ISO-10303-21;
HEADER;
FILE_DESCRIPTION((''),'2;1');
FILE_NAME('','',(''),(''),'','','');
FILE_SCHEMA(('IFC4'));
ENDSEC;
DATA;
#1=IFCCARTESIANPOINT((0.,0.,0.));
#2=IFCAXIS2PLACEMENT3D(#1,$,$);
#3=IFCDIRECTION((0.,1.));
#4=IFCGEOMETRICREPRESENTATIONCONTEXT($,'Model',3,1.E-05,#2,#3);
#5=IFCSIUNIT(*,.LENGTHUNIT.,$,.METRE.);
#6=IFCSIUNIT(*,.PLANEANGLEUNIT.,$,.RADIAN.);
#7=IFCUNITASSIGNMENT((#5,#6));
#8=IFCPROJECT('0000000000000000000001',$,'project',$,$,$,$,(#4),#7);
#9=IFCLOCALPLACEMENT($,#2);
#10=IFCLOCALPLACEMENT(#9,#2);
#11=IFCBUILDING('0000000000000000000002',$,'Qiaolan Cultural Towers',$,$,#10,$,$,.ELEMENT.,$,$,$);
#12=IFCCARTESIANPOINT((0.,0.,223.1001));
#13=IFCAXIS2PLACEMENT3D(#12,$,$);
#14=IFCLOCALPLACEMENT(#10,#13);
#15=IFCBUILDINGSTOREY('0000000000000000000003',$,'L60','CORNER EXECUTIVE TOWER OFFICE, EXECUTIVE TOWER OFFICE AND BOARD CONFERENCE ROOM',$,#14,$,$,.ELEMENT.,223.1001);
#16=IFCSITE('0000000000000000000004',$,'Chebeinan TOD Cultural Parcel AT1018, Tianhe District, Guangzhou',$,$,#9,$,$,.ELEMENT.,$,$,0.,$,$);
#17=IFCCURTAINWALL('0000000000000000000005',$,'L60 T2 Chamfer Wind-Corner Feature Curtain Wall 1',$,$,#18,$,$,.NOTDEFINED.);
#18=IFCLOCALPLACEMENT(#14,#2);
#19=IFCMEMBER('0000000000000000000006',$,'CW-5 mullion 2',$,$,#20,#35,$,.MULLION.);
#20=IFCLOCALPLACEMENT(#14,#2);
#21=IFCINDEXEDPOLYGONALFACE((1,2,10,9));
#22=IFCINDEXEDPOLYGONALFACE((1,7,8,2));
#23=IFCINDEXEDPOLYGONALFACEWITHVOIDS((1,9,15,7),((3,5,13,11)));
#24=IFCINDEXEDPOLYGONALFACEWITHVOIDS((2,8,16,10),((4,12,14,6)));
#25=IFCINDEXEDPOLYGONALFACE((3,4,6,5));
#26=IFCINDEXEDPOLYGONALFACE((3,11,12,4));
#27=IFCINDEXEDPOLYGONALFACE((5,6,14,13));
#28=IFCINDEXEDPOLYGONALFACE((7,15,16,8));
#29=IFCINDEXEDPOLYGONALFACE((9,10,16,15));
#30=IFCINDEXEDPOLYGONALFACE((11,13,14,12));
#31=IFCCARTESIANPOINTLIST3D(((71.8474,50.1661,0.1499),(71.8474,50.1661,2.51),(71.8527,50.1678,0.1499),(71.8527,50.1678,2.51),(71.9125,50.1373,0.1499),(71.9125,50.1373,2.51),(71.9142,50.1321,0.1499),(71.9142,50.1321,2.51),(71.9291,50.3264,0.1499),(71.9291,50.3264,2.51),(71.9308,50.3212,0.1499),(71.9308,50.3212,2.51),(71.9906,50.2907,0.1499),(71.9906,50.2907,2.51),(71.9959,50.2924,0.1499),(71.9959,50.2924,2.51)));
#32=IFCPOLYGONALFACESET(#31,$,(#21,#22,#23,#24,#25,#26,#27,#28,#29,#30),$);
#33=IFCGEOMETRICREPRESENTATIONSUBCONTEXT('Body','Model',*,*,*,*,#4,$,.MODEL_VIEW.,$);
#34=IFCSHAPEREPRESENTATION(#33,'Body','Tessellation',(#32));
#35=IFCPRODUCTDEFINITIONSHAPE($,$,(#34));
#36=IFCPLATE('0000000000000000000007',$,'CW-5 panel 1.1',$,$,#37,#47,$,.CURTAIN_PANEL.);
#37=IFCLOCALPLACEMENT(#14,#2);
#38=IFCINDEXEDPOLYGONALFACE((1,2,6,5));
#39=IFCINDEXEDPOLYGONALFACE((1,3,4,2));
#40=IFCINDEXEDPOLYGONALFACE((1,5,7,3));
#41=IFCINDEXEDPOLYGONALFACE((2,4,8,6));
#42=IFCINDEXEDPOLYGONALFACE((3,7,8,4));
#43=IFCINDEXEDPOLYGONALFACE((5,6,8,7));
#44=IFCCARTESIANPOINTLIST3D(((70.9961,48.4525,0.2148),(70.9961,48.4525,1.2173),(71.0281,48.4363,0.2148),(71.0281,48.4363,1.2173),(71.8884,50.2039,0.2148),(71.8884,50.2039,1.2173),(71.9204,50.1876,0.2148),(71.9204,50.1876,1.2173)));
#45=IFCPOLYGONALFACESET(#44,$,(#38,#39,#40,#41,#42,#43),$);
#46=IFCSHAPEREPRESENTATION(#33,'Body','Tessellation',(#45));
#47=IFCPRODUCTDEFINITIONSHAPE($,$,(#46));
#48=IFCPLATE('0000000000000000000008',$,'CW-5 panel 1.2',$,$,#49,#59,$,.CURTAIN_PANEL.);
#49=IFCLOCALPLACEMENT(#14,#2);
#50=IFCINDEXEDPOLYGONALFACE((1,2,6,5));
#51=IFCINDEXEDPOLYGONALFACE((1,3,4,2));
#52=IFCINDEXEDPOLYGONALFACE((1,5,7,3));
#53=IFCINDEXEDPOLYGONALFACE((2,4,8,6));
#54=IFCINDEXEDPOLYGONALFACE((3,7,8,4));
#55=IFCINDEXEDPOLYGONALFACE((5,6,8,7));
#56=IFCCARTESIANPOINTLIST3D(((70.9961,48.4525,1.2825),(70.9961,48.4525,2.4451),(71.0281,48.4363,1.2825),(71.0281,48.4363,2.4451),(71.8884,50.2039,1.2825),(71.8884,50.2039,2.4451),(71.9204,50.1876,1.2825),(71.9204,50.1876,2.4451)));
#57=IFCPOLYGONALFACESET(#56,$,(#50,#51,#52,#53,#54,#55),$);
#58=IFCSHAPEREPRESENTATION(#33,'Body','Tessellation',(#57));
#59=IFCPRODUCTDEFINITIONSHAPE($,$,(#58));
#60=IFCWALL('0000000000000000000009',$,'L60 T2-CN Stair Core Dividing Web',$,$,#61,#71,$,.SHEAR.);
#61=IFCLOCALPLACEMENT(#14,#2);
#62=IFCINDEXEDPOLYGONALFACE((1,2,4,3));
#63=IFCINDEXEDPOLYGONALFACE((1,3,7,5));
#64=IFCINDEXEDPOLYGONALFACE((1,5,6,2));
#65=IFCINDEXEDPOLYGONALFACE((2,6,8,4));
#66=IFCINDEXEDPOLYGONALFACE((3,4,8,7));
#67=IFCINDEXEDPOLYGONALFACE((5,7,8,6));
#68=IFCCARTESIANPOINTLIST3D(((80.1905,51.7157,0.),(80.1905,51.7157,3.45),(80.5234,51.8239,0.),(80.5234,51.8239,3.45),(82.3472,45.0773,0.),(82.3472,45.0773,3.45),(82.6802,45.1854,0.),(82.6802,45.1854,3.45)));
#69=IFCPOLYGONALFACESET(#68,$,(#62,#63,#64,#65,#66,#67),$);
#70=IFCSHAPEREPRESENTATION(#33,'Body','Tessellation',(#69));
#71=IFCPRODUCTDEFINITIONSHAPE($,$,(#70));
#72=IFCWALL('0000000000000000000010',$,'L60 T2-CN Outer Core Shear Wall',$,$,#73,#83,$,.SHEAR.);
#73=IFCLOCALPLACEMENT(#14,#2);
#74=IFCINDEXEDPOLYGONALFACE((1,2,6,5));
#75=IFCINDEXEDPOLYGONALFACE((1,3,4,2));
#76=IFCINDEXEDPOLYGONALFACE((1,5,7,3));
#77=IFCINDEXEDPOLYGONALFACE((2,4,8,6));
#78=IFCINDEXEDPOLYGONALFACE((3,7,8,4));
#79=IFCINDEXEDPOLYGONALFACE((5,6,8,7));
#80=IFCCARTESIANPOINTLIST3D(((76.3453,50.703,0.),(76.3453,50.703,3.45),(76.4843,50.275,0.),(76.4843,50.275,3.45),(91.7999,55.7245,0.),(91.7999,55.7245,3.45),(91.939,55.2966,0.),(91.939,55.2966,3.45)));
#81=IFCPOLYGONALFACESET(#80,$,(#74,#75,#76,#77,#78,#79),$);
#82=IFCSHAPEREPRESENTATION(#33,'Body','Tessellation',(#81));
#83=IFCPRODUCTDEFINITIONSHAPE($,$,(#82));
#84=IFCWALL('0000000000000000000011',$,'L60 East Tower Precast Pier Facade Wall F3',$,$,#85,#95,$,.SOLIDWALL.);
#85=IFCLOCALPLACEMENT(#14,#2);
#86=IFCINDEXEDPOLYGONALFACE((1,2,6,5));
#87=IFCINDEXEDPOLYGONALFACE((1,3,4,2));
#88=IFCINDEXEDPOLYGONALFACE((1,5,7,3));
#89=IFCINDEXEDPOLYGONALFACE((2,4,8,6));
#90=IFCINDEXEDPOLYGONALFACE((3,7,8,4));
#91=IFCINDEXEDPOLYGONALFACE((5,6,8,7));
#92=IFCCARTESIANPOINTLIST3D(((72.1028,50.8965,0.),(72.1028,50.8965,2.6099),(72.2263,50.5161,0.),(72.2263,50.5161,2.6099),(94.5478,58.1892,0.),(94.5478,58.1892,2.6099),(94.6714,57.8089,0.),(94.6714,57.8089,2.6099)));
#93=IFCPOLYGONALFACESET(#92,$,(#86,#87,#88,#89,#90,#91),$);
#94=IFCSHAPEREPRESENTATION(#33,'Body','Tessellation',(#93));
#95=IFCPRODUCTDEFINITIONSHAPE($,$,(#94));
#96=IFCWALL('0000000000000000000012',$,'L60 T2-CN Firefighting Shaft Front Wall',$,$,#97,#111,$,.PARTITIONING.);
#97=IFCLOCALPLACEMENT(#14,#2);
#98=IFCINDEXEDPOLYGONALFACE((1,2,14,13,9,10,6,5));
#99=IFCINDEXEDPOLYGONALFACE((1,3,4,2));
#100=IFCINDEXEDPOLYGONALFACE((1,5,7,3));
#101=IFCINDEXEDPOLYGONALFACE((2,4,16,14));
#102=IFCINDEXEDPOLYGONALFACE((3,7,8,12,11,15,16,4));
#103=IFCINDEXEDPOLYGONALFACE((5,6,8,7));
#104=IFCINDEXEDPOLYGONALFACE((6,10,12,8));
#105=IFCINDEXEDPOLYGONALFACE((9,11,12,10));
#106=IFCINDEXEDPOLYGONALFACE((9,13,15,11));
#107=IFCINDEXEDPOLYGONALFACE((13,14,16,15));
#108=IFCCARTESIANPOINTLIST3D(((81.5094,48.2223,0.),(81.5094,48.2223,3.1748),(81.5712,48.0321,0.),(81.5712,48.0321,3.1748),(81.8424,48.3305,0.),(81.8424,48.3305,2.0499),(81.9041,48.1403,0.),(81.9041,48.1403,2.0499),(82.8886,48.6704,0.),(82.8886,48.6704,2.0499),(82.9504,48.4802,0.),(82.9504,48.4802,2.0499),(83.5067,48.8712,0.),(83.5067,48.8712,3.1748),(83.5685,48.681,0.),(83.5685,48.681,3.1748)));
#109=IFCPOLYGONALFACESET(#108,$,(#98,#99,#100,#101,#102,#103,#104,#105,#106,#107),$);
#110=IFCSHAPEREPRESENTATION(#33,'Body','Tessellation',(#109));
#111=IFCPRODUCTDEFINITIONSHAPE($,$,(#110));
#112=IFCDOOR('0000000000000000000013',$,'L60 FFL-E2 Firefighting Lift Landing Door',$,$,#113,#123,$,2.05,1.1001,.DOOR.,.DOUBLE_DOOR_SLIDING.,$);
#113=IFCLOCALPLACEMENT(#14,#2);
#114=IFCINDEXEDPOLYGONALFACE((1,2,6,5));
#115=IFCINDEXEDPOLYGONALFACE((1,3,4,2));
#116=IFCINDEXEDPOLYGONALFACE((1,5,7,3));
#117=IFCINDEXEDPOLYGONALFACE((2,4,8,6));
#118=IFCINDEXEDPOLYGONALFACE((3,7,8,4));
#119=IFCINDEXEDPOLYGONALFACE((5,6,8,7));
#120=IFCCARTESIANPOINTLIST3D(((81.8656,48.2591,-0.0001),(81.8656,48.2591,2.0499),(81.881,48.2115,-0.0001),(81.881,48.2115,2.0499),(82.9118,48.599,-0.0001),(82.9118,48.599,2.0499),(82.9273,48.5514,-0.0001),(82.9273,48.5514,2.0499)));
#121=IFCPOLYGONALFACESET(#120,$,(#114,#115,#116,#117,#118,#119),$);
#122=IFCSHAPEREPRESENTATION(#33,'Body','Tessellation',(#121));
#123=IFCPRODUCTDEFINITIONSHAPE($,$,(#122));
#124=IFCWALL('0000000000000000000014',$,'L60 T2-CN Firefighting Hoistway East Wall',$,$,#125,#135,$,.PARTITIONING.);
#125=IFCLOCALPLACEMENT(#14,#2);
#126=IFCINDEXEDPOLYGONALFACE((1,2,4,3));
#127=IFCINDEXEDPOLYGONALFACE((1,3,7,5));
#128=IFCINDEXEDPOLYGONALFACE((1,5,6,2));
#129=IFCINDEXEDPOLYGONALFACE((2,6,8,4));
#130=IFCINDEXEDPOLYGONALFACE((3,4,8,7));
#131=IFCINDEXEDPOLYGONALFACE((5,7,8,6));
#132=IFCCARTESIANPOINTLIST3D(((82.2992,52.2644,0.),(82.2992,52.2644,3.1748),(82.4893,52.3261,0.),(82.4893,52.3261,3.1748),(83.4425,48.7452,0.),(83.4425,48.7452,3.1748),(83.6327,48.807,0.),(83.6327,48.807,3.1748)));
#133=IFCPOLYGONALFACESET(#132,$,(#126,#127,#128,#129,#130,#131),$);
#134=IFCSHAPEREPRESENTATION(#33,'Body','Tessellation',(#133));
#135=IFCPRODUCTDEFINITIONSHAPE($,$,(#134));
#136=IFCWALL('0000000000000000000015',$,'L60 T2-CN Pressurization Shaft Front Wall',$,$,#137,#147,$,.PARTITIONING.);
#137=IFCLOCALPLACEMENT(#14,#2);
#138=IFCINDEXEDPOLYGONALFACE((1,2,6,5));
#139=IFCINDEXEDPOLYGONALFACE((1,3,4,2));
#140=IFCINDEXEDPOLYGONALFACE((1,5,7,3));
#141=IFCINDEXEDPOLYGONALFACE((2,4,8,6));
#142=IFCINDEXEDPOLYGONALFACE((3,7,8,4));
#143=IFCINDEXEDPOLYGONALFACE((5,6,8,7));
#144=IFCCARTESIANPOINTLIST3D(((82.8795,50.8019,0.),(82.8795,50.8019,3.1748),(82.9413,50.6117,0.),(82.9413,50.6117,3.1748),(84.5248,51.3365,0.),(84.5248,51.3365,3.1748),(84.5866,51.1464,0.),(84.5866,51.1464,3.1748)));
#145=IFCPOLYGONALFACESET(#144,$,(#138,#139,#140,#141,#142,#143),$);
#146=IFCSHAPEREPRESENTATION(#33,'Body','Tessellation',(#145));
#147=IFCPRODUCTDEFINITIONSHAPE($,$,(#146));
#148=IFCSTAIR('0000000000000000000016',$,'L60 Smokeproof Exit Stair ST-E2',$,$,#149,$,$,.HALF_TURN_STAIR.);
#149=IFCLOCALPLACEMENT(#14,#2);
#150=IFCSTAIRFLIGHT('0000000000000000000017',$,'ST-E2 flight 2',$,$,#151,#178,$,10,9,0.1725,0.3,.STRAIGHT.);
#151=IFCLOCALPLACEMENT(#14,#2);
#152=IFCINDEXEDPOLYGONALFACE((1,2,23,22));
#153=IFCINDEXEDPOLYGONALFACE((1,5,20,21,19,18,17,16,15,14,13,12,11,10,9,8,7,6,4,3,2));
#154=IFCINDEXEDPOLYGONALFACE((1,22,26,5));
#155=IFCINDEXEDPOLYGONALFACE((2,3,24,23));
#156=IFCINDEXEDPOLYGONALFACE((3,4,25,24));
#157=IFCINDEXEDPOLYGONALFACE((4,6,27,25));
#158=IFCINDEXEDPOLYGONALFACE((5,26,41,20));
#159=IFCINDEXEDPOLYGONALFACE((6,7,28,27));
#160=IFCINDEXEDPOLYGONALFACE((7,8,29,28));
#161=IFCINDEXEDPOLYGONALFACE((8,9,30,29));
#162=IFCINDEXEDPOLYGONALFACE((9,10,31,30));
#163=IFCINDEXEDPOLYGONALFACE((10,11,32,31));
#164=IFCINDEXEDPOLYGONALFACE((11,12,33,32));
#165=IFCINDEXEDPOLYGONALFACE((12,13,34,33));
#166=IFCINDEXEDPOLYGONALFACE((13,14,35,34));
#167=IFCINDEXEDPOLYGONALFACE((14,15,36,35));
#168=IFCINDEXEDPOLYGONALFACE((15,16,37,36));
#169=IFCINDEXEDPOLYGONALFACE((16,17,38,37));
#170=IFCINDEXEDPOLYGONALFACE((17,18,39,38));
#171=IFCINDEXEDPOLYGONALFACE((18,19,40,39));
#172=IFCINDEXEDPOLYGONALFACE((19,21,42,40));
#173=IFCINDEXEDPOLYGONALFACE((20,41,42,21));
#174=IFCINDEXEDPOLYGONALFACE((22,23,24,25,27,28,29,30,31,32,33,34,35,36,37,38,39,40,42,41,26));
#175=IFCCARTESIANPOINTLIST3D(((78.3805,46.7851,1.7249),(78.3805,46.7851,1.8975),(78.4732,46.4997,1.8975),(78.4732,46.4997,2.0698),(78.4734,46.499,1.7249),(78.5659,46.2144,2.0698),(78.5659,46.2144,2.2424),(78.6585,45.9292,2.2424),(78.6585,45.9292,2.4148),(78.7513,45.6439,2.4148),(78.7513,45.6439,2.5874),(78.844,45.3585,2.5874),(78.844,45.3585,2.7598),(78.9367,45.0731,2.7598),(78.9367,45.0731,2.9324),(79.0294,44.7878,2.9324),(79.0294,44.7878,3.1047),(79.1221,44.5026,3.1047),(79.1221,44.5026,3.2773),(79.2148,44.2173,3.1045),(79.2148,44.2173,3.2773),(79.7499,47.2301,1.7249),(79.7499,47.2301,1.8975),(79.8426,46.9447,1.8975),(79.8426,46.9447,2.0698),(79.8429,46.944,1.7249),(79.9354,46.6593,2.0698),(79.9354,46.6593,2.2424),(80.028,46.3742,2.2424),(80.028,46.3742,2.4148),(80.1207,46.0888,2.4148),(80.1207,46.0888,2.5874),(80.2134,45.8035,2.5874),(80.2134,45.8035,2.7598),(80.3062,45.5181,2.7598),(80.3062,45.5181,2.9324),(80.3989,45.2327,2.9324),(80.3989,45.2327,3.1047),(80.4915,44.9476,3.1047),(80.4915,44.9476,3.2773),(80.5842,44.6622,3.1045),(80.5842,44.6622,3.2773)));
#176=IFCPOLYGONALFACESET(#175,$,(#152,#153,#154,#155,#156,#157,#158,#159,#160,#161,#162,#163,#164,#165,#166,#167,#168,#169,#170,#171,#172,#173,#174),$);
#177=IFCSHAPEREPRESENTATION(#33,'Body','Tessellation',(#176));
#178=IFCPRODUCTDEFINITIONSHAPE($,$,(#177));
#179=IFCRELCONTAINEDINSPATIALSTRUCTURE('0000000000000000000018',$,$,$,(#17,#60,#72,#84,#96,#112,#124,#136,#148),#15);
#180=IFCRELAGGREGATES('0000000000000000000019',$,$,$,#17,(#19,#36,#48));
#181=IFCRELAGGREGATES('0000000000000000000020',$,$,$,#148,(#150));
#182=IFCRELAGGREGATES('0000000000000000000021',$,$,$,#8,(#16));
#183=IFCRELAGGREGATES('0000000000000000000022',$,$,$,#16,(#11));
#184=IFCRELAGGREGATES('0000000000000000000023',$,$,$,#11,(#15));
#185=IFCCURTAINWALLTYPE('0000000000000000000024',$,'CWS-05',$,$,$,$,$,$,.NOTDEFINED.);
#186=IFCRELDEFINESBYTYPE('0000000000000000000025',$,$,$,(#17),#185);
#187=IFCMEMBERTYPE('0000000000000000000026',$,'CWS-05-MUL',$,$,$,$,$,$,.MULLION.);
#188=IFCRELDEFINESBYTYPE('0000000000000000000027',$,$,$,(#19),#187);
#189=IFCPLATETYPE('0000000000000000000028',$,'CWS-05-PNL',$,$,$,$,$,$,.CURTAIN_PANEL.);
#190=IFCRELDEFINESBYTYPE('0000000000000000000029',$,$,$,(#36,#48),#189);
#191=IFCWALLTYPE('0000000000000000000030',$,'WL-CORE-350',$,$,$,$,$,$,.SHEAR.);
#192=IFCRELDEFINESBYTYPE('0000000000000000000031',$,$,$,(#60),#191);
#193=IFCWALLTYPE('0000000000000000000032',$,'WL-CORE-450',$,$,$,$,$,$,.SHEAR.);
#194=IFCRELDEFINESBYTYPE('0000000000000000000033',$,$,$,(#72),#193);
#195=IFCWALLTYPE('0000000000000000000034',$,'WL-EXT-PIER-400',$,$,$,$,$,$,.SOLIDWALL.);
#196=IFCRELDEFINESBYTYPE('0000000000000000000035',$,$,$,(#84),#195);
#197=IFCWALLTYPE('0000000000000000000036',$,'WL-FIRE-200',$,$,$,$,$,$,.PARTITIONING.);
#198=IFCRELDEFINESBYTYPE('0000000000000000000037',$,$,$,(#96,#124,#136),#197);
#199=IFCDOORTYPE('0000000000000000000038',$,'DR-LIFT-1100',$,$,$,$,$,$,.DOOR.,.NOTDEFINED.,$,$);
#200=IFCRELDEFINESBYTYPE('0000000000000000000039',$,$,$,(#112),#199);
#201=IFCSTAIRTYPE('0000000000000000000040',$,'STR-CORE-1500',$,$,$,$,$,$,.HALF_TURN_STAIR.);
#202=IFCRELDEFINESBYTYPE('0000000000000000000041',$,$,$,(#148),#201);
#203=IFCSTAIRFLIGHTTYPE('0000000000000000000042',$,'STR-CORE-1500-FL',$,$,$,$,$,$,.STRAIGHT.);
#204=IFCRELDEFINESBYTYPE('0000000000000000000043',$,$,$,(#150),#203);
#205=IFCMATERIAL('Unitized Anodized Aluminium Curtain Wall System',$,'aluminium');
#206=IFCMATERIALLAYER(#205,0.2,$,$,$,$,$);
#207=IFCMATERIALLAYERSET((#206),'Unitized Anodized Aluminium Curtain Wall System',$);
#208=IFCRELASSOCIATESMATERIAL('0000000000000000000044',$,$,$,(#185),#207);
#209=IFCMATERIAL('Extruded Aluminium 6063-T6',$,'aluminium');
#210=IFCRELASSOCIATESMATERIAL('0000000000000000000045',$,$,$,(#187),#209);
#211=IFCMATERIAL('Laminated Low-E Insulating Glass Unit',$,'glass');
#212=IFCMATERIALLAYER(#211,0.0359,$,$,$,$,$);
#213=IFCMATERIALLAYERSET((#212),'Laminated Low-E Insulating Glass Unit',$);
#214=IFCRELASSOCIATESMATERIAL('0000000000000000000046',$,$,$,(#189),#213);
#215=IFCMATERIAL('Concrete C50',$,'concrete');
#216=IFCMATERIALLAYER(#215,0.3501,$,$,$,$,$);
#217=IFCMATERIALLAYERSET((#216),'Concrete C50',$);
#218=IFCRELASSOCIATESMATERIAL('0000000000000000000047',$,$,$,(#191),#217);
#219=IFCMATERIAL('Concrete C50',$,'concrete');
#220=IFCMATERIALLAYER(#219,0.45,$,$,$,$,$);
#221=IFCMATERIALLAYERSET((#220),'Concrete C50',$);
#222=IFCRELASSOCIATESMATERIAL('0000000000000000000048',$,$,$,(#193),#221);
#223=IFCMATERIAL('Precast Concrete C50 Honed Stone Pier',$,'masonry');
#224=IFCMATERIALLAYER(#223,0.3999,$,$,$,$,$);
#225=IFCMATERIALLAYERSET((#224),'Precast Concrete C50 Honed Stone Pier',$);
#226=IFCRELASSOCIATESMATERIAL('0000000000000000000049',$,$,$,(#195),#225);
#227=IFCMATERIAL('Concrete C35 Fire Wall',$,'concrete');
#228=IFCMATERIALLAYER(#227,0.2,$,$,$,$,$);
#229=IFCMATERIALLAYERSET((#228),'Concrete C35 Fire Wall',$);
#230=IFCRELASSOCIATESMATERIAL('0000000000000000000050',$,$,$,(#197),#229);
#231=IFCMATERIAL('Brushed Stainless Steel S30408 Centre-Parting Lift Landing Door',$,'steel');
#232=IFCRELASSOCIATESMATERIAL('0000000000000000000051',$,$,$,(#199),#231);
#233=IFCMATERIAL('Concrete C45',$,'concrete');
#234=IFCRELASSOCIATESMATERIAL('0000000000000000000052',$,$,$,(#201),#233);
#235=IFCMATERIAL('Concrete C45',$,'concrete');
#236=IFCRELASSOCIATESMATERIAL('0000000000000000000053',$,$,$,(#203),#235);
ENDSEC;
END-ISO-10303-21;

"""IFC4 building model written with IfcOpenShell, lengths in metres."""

from ifc_helpers import new_model, si_unit, direction, frame, frame_2d, origin, origin_2d, place, context, subcontext, project, spatial, polyline, rectangle, hollow_rectangle, outline, extrude, material, layer, layer_set, material_profile, profile_set, type_object, element, fill, aggregate, save


model = new_model("IFC4")

# Units and contexts
model_context = context("Model", 3, precision=1e-05, world=origin(), true_north=direction((0.0, 1.0)))
body_context = subcontext(model_context, "Body", "Model", "MODEL_VIEW")
ifc_project = project(units=[si_unit("LENGTHUNIT", "METRE"), si_unit("PLANEANGLEUNIT", "RADIAN")], contexts=[model_context])

# Site, building, storey
site_placement = place(None, origin())
site = spatial("IfcSite", under=ifc_project, at=site_placement, Name="Chebeinan TOD Cultural Parcel AT1018, Tianhe District, Guangzhou", CompositionType="ELEMENT", RefElevation=0.0)
building_placement = place(site_placement, origin())
building = spatial("IfcBuilding", under=site, at=building_placement, Name="Qiaolan Cultural Towers", CompositionType="ELEMENT")
storey_placement = place(building_placement, frame((0.0, 0.0, 223.1001)))
storey = spatial("IfcBuildingStorey", under=building, at=storey_placement, Name="L60", Description="CORNER EXECUTIVE TOWER OFFICE, EXECUTIVE TOWER OFFICE AND BOARD CONFERENCE ROOM", CompositionType="ELEMENT", Elevation=223.1001)

# Curtain wall, member, plates
ifc_material_1 = material(Name="Unitized Anodized Aluminium Curtain Wall System", Category="aluminium")
ifc_layer_1 = layer(ifc_material_1, 0.2)
ifc_layer_set_1 = layer_set([ifc_layer_1], Name="Unitized Anodized Aluminium Curtain Wall System")
curtain_wall_type = type_object("IfcCurtainWallType", Name="CWS-05", PredefinedType="NOTDEFINED", material=ifc_layer_set_1)
curtain_wall_placement = place(storey_placement, origin())
curtain_wall = element("IfcCurtainWall", 1, at=curtain_wall_placement, inside=storey, type_object=curtain_wall_type, Name="L60 T2 Chamfer Wind-Corner Feature Curtain Wall 1", PredefinedType="NOTDEFINED")
ifc_material_2 = material(Name="Extruded Aluminium 6063-T6", Category="aluminium")
ifc_material_profile_1 = material_profile(ifc_material_2, hollow_rectangle(XDim=0.075, YDim=0.1799, WallThickness=0.0039, at=origin_2d()), Name="CWM-180x75x4")
ifc_profile_set_1 = profile_set([ifc_material_profile_1], Name="Extruded Aluminium 6063-T6")
member_type = type_object("IfcMemberType", Name="CWS-05-MUL", PredefinedType="MULLION", material=ifc_profile_set_1)
member_placement = place(storey_placement, frame((71.9216, 50.2292, 0.1499), z_axis=(0.0, 0.0, 1.0), x_axis=(-0.891007, 0.45399, 0.0)))
member = element("IfcMember", 2, at=member_placement, type_object=member_type, Name="CW-5 mullion 2", PredefinedType="MULLION", context=body_context, shape_type="SweptSolid", body=[
    extrude(hollow_rectangle(XDim=0.075, YDim=0.1799, WallThickness=0.0039, at=origin_2d()), origin(), (0.0, 0.0, 1.0), 2.3601),
])
ifc_material_3 = material(Name="Laminated Low-E Insulating Glass Unit", Category="glass")
ifc_layer_2 = layer(ifc_material_3, 0.0359)
ifc_layer_set_2 = layer_set([ifc_layer_2], Name="Laminated Low-E Insulating Glass Unit")
plate_type = type_object("IfcPlateType", Name="CWS-05-PNL", PredefinedType="CURTAIN_PANEL", material=ifc_layer_set_2)
plate_1_placement = place(storey_placement, frame((71.4583, 49.3201, 0.2148), z_axis=(0.0, 0.0, 1.0), x_axis=(0.45399, 0.891007, 0.0)))
plate_1 = element("IfcPlate", 3, at=plate_1_placement, type_object=plate_type, Name="CW-5 panel 1.1", PredefinedType="CURTAIN_PANEL", context=body_context, shape_type="SweptSolid", body=[
    extrude(rectangle(XDim=1.9656, YDim=0.0359, at=origin_2d()), origin(), (0.0, 0.0, 1.0), 1.0024),
])
plate_2_placement = place(storey_placement, frame((71.4583, 49.3201, 1.2825), z_axis=(0.0, 0.0, 1.0), x_axis=(0.45399, 0.891007, 0.0)))
plate_2 = element("IfcPlate", 4, at=plate_2_placement, type_object=plate_type, Name="CW-5 panel 1.2", PredefinedType="CURTAIN_PANEL", context=body_context, shape_type="SweptSolid", body=[
    extrude(rectangle(XDim=1.9656, YDim=0.0359, at=origin_2d()), origin(), (0.0, 0.0, 1.0), 1.1626),
])
aggregate(curtain_wall, [member, plate_1, plate_2])

# Walls
ifc_material_4 = material(Name="Concrete C50", Category="concrete")
ifc_layer_3 = layer(ifc_material_4, 0.3501)
ifc_layer_set_3 = layer_set([ifc_layer_3], Name="Concrete C50")
wall_type_1 = type_object("IfcWallType", Name="WL-CORE-350", PredefinedType="SHEAR", material=ifc_layer_set_3)
wall_1_placement = place(storey_placement, frame((82.5137, 45.1313, 0.0), z_axis=(0.0, 0.0, 1.0), x_axis=(-0.308989, 0.951066, 0.0)))
element("IfcWall", 5, at=wall_1_placement, inside=storey, type_object=wall_type_1, Name="L60 T2-CN Stair Core Dividing Web", PredefinedType="SHEAR", context=body_context, shape_type="SweptSolid", body=[
    extrude(rectangle(XDim=6.98, YDim=0.3501, at=frame_2d((3.49, 0.0))), origin(), (0.0, 0.0, 1.0), 3.45),
])
ifc_material_5 = material(Name="Concrete C50", Category="concrete")
ifc_layer_4 = layer(ifc_material_5, 0.45)
ifc_layer_set_4 = layer_set([ifc_layer_4], Name="Concrete C50")
wall_type_2 = type_object("IfcWallType", Name="WL-CORE-450", PredefinedType="SHEAR", material=ifc_layer_set_4)
wall_2_placement = place(storey_placement, frame((76.4148, 50.489, 0.0), z_axis=(0.0, 0.0, 1.0), x_axis=(0.951057, 0.309016, 0.0)))
element("IfcWall", 6, at=wall_2_placement, inside=storey, type_object=wall_type_2, Name="L60 T2-CN Outer Core Shear Wall", PredefinedType="SHEAR", context=body_context, shape_type="SweptSolid", body=[
    extrude(rectangle(XDim=16.25, YDim=0.45, at=frame_2d((8.125, 0.0))), origin(), (0.0, 0.0, 1.0), 3.45),
])
ifc_material_6 = material(Name="Precast Concrete C50 Honed Stone Pier", Category="masonry")
ifc_layer_5 = layer(ifc_material_6, 0.3999)
ifc_layer_set_5 = layer_set([ifc_layer_5], Name="Precast Concrete C50 Honed Stone Pier")
wall_type_3 = type_object("IfcWallType", Name="WL-EXT-PIER-400", PredefinedType="SOLIDWALL", material=ifc_layer_set_5)
wall_3_placement = place(storey_placement, frame((72.1646, 50.7063, 0.0), z_axis=(0.0, 0.0, 1.0), x_axis=(0.951058, 0.309012, 0.0)))
element("IfcWall", 7, at=wall_3_placement, inside=storey, type_object=wall_type_3, Name="L60 East Tower Precast Pier Facade Wall F3", PredefinedType="SOLIDWALL", context=body_context, shape_type="SweptSolid", body=[
    extrude(rectangle(XDim=23.6001, YDim=0.3999, at=frame_2d((11.8, 0.0))), origin(), (0.0, 0.0, 1.0), 2.6099),
])

# Wall, opening, door
ifc_material_7 = material(Name="Concrete C35 Fire Wall", Category="concrete")
ifc_layer_6 = layer(ifc_material_7, 0.2)
ifc_layer_set_6 = layer_set([ifc_layer_6], Name="Concrete C35 Fire Wall")
wall_type_4 = type_object("IfcWallType", Name="WL-FIRE-200", PredefinedType="PARTITIONING", material=ifc_layer_set_6)
wall_4_placement = place(storey_placement, frame((81.5403, 48.1272, 0.0), z_axis=(0.0, 0.0, 1.0), x_axis=(0.951062, 0.308999, 0.0)))
wall_4 = element("IfcWall", 8, at=wall_4_placement, inside=storey, type_object=wall_type_4, Name="L60 T2-CN Firefighting Shaft Front Wall", PredefinedType="PARTITIONING", context=body_context, shape_type="SweptSolid", body=[
    extrude(rectangle(XDim=2.1001, YDim=0.2, at=frame_2d((1.05, 0.0))), origin(), (0.0, 0.0, 1.0), 3.1748),
])
opening_placement = place(wall_4_placement, frame((0.3501, 0.0, 0.0)))
opening = element("IfcOpeningElement", 9, at=opening_placement, cuts=wall_4, PredefinedType="OPENING", context=body_context, shape_type="SweptSolid", body=[
    extrude(rectangle(XDim=1.1001, YDim=2.05, at=frame_2d((0.55, 1.0249))), frame((0.0, 0.1099, 0.0), z_axis=(0.0, -1.0, 0.0), x_axis=(1.0, 0.0, 0.0)), (0.0, 0.0, 1.0), 0.22),
])
ifc_material_8 = material(Name="Brushed Stainless Steel S30408 Centre-Parting Lift Landing Door", Category="steel")
door_type = type_object("IfcDoorType", Name="DR-LIFT-1100", OperationType="NOTDEFINED", PredefinedType="DOOR", material=ifc_material_8)
door_placement = place(opening_placement, origin())
door = element("IfcDoor", 10, at=door_placement, inside=storey, type_object=door_type, Name="L60 FFL-E2 Firefighting Lift Landing Door", OperationType="DOUBLE_DOOR_SLIDING", OverallHeight=2.05, OverallWidth=1.1001, PredefinedType="DOOR", context=body_context, shape_type="SweptSolid", body=[
    extrude(rectangle(XDim=1.1001, YDim=2.05, at=frame_2d((0.55, 1.0249))), frame((0.0, 0.0249, 0.0), z_axis=(0.0, -1.0, 0.0), x_axis=(1.0, 0.0, 0.0)), (0.0, 0.0, 1.0), 0.05),
])
fill(opening, door)

# Walls
wall_5_placement = place(storey_placement, frame((83.5376, 48.7761, 0.0), z_axis=(0.0, 0.0, 1.0), x_axis=(-0.308994, 0.951064, 0.0)))
element("IfcWall", 11, at=wall_5_placement, inside=storey, type_object=wall_type_4, Name="L60 T2-CN Firefighting Hoistway East Wall", PredefinedType="PARTITIONING", context=body_context, shape_type="SweptSolid", body=[
    extrude(rectangle(XDim=3.7002, YDim=0.2, at=frame_2d((1.8501, 0.0))), origin(), (0.0, 0.0, 1.0), 3.1748),
])
wall_6_placement = place(storey_placement, frame((82.9104, 50.7068, 0.0), z_axis=(0.0, 0.0, 1.0), x_axis=(0.951041, 0.309064, 0.0)))
element("IfcWall", 12, at=wall_6_placement, inside=storey, type_object=wall_type_4, Name="L60 T2-CN Pressurization Shaft Front Wall", PredefinedType="PARTITIONING", context=body_context, shape_type="SweptSolid", body=[
    extrude(rectangle(XDim=1.73, YDim=0.2, at=frame_2d((0.865, 0.0))), origin(), (0.0, 0.0, 1.0), 3.1748),
])

# Stair, stair flight
ifc_material_9 = material(Name="Concrete C45", Category="concrete")
stair_type = type_object("IfcStairType", Name="STR-CORE-1500", PredefinedType="HALF_TURN_STAIR", material=ifc_material_9)
stair_placement = place(storey_placement, origin())
stair = element("IfcStair", 13, at=stair_placement, inside=storey, type_object=stair_type, Name="L60 Smokeproof Exit Stair ST-E2", PredefinedType="HALF_TURN_STAIR")
ifc_material_10 = material(Name="Concrete C45", Category="concrete")
stair_flight_type = type_object("IfcStairFlightType", Name="STR-CORE-1500-FL", PredefinedType="STRAIGHT", material=ifc_material_10)
stair_flight_placement = place(storey_placement, frame((79.0652, 47.0076, 1.7249), z_axis=(0.0, 0.0, 1.0), x_axis=(0.309017, -0.951057, 0.0)))
stair_flight = element("IfcStairFlight", 14, at=stair_flight_placement, type_object=stair_flight_type, Name="ST-E2 flight 2", NumberOfRisers=10, NumberOfTreads=9, PredefinedType="STRAIGHT", RiserHeight=0.1725, TreadLength=0.3, context=body_context, shape_type="SweptSolid", body=[
    extrude(outline(polyline([(0.0, 0.0), (0.0, 0.1726), (0.3, 0.1726), (0.3, 0.345), (0.6001, 0.345), (0.6001, 0.5176), (0.8999, 0.5176), (0.8999, 0.6899), (1.2, 0.6899), (1.2, 0.8625), (1.5, 0.8625), (1.5, 1.0349), (1.8, 1.0349), (1.8, 1.2075), (2.1001, 1.2075), (2.1001, 1.3799), (2.3999, 1.3799), (2.3999, 1.5525), (2.7, 1.5525), (2.7, 1.7251), (2.7, 1.3796), (0.3008, 0.0), (0.0, 0.0)])), frame((0.0, 0.72, 0.0), z_axis=(0.0, -1.0, 0.0), x_axis=(1.0, 0.0, 0.0)), (0.0, 0.0, 1.0), 1.4399),
])
aggregate(stair, [stair_flight])

save(model, "model.ifc")
